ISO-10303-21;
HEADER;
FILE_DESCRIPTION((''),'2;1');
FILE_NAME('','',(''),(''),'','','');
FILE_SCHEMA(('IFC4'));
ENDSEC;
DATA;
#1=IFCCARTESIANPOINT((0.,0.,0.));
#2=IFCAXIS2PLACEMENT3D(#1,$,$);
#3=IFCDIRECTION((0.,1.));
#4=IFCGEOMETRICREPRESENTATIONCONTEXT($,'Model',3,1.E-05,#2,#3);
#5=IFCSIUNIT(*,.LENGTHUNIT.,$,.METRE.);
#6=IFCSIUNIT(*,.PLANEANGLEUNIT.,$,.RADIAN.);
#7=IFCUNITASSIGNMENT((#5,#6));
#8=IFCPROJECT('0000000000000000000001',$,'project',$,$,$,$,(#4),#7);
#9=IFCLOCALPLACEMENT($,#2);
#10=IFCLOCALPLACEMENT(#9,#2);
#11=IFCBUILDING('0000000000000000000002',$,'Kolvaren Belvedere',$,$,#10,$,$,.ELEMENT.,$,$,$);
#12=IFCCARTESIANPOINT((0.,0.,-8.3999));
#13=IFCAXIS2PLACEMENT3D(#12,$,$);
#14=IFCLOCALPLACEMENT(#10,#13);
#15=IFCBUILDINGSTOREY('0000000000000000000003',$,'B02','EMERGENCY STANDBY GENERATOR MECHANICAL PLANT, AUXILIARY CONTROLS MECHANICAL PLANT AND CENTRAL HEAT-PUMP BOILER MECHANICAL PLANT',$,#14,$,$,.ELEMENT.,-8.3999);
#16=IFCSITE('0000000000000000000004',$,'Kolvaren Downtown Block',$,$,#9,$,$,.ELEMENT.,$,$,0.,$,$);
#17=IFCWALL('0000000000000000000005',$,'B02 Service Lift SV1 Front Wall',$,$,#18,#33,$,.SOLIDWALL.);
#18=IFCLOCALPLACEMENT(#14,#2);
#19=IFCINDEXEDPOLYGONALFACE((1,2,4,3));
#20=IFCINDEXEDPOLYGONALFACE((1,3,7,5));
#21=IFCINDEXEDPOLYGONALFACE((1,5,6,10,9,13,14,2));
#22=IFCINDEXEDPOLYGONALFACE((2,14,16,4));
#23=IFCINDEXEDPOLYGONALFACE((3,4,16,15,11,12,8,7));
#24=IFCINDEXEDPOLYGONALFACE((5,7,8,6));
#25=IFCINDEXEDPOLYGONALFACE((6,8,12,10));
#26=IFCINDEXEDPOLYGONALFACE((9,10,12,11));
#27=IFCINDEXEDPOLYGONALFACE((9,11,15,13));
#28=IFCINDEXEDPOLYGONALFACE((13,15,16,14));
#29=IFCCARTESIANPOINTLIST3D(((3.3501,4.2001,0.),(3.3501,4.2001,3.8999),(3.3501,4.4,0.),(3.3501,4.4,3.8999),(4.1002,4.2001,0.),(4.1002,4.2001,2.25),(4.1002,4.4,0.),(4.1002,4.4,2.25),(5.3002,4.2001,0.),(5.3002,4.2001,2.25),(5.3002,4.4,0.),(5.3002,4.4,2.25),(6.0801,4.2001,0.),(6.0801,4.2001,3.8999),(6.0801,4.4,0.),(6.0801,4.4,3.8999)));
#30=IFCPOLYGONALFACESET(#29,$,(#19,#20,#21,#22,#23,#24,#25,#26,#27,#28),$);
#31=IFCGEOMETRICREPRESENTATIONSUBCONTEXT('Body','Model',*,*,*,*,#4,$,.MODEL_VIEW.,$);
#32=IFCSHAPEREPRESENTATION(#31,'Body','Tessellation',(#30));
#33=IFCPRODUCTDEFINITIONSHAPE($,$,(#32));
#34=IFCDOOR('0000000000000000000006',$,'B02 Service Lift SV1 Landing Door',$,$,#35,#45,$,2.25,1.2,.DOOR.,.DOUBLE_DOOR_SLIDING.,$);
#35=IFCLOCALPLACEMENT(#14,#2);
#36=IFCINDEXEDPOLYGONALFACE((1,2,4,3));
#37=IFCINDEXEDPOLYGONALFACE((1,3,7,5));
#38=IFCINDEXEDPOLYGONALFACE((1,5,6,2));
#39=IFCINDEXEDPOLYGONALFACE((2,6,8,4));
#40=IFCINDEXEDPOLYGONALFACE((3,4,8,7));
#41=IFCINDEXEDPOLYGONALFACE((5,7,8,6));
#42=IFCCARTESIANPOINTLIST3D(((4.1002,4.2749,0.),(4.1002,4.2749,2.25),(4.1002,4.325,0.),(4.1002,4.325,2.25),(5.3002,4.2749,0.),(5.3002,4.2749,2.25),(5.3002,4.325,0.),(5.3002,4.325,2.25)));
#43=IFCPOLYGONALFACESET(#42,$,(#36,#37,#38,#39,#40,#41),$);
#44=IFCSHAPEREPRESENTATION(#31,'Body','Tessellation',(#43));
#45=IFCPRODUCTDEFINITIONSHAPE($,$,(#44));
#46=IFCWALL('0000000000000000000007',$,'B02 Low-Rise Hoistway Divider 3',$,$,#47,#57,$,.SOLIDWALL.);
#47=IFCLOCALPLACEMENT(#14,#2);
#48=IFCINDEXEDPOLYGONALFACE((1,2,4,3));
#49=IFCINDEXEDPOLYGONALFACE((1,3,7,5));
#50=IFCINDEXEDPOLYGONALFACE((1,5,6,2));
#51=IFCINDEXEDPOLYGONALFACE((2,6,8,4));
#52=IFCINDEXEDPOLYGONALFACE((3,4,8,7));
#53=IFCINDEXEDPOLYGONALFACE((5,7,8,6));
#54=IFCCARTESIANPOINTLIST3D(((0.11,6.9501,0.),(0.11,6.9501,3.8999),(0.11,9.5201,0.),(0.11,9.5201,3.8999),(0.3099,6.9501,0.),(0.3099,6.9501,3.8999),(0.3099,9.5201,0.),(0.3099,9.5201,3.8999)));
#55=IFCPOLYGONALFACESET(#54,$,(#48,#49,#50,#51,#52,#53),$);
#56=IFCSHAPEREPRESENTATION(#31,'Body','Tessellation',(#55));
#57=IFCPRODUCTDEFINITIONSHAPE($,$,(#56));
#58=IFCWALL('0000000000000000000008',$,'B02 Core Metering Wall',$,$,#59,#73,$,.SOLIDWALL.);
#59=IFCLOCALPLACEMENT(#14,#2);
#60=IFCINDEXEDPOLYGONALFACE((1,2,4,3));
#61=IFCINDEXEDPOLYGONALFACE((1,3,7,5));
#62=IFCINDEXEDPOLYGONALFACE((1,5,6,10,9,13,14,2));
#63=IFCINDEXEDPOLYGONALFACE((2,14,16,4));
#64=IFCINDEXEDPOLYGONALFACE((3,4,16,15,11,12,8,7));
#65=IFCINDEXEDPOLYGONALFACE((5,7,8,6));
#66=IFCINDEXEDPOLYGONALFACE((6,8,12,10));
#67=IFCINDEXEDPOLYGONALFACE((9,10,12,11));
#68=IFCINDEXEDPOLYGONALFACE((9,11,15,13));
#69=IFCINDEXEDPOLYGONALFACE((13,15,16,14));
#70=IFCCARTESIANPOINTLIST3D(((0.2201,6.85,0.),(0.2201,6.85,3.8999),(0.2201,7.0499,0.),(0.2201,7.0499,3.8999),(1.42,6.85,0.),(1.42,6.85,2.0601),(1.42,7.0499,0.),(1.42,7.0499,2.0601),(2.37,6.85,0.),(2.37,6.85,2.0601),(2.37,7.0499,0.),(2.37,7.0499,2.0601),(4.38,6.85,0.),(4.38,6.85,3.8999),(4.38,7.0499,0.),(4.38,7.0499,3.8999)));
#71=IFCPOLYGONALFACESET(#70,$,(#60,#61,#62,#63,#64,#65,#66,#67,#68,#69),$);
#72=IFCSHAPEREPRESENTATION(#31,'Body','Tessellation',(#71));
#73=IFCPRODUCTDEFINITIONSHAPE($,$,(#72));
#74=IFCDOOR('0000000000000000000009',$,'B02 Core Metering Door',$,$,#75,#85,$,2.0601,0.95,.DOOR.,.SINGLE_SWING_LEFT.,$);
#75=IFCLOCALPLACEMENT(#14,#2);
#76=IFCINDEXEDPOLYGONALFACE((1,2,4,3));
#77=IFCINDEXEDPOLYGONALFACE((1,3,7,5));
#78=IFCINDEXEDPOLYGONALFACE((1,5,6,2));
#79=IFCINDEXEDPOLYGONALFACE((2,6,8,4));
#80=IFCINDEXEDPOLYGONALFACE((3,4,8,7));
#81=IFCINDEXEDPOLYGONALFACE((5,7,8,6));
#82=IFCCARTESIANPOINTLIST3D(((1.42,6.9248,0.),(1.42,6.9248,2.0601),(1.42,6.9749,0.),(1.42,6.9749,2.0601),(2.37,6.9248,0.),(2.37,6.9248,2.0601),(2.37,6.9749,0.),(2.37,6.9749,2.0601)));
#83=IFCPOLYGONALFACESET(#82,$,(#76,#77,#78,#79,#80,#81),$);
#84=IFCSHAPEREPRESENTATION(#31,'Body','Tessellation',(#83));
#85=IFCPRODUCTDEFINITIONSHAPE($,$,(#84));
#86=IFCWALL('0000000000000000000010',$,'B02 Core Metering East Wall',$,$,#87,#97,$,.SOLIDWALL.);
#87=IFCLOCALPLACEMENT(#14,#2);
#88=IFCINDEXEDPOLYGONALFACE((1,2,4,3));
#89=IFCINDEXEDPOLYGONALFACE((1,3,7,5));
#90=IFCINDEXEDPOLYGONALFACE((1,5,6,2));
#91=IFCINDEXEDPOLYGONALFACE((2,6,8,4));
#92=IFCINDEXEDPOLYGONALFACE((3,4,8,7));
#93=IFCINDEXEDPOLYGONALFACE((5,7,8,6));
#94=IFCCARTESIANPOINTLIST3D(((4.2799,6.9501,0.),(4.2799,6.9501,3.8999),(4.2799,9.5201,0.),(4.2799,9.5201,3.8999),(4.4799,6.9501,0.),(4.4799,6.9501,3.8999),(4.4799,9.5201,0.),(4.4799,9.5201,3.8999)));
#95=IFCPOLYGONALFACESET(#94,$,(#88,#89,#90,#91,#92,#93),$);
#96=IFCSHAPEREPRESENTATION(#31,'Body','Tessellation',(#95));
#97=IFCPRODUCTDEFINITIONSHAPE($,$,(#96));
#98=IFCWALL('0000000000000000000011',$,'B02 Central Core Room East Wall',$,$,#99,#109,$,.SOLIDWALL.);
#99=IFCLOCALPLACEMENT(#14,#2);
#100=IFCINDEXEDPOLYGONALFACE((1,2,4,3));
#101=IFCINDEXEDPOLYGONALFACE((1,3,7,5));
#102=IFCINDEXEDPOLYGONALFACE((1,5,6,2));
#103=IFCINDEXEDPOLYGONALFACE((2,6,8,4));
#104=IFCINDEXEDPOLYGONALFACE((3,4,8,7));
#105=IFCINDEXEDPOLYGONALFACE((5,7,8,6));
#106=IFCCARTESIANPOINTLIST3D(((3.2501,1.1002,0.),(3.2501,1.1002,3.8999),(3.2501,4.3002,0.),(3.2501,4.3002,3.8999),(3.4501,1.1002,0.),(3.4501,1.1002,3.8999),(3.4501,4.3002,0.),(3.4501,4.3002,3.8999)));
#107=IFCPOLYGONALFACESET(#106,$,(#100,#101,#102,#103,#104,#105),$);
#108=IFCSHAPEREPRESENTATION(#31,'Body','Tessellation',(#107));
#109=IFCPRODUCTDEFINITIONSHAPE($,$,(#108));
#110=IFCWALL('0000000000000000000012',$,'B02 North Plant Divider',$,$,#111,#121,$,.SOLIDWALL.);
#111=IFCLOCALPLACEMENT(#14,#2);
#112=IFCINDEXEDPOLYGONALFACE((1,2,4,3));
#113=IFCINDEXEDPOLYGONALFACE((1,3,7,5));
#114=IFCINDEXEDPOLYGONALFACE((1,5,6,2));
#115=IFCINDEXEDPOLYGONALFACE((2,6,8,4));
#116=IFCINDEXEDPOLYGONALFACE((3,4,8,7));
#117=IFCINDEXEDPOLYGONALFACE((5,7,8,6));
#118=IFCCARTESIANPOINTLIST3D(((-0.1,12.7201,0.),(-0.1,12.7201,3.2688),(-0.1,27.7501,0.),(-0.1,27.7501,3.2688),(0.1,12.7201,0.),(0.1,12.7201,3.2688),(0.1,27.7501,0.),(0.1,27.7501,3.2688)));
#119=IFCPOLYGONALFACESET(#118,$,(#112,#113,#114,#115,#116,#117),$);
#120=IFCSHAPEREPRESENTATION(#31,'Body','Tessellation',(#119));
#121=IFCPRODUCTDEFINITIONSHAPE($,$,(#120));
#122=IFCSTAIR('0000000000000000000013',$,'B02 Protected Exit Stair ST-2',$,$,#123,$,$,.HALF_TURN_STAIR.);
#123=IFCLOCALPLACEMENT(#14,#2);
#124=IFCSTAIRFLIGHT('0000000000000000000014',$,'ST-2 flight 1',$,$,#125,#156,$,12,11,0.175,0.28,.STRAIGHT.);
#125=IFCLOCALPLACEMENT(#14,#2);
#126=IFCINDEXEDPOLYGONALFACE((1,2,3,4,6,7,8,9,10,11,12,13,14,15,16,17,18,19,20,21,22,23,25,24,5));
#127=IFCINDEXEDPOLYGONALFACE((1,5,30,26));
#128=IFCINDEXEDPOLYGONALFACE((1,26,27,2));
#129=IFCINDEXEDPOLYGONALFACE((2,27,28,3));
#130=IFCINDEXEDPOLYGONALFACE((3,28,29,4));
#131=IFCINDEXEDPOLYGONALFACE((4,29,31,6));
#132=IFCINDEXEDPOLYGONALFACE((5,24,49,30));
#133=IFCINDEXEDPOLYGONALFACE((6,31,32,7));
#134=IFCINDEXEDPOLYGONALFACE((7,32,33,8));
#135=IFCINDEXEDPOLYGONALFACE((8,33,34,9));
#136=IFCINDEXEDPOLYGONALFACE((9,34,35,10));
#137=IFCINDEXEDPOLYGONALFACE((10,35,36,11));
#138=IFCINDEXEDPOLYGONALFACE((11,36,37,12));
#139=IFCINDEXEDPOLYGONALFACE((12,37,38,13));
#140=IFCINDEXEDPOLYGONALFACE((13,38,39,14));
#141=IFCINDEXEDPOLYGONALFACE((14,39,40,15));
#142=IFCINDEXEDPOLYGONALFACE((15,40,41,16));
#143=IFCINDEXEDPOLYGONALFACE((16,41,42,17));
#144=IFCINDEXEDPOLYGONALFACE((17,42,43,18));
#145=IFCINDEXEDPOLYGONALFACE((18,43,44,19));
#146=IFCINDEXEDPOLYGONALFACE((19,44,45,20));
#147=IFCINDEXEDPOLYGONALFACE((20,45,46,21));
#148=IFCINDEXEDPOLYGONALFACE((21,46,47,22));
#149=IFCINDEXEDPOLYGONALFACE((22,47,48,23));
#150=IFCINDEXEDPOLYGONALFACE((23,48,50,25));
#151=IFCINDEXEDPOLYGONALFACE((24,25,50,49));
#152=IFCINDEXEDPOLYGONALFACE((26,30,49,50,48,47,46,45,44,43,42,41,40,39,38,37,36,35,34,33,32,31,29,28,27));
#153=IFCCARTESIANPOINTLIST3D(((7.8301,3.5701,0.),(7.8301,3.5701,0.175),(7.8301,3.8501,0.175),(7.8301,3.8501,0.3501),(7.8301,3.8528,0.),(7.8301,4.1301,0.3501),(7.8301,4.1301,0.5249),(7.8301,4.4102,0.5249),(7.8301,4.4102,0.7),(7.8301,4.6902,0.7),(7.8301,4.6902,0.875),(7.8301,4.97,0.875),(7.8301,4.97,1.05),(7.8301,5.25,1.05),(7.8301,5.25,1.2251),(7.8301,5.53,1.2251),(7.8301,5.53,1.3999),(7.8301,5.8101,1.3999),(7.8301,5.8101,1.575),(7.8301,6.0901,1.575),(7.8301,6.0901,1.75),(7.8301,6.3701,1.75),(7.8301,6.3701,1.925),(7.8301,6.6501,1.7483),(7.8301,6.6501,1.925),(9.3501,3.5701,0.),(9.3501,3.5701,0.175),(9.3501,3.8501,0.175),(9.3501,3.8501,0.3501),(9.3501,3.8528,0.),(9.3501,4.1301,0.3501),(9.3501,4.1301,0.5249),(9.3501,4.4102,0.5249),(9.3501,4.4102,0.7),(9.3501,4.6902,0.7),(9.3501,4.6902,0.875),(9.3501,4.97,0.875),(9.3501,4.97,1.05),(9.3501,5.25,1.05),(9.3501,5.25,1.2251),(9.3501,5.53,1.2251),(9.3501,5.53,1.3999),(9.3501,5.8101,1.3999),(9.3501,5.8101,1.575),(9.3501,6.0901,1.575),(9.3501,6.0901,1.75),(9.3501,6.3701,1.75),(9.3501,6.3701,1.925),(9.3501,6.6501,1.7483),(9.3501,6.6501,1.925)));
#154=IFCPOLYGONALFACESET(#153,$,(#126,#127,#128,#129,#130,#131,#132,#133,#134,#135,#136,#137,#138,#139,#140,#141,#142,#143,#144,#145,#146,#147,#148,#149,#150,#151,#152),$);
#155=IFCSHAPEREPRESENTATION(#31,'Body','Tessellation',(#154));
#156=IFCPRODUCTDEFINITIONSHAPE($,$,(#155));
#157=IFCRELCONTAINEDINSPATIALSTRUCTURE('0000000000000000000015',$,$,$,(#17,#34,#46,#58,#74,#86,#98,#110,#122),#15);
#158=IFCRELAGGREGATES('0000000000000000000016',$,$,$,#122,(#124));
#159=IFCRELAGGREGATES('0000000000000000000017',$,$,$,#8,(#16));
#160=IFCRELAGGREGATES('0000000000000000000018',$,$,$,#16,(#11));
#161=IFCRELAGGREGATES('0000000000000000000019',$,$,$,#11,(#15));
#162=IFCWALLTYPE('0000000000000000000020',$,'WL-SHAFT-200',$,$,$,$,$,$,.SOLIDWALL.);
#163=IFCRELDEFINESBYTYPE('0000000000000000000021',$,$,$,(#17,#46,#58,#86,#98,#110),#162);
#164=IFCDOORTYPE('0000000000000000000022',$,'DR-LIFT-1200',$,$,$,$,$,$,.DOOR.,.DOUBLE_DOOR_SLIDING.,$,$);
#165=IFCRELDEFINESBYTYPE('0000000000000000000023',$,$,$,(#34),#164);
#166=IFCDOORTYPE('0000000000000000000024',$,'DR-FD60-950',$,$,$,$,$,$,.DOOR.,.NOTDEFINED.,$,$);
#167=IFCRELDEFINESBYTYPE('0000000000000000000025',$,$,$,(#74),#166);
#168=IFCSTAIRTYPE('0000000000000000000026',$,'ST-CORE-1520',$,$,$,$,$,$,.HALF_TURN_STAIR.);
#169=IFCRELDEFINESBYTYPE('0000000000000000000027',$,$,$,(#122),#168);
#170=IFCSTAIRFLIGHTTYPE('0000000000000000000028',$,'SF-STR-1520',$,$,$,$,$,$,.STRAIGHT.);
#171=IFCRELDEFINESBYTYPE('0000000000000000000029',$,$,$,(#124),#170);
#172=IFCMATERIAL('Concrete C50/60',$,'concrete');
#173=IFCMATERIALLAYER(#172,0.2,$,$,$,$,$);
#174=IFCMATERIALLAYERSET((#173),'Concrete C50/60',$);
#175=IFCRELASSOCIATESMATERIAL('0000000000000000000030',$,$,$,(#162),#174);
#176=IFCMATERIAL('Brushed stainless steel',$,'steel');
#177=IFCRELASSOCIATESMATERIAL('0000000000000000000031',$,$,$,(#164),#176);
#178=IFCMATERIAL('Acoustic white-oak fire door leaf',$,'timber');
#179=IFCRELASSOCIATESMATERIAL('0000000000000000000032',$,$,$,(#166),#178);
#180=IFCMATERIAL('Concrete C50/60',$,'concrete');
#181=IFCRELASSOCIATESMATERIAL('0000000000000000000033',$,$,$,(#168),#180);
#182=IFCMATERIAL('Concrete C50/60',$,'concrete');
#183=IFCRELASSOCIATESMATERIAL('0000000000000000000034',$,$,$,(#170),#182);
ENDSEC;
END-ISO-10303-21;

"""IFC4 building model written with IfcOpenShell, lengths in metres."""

from ifc_helpers import new_model, si_unit, direction, frame, frame_2d, origin, place, context, subcontext, project, spatial, polyline, rectangle, outline, extrude, material, layer, layer_set, type_object, element, fill, aggregate, save


model = new_model("IFC4")

# Units and contexts
model_context = context("Model", 3, precision=1e-05, world=origin(), true_north=direction((0.0, 1.0)))
body_context = subcontext(model_context, "Body", "Model", "MODEL_VIEW")
ifc_project = project(units=[si_unit("LENGTHUNIT", "METRE"), si_unit("PLANEANGLEUNIT", "RADIAN")], contexts=[model_context])

# Site, building, storey
site_placement = place(None, origin())
site = spatial("IfcSite", under=ifc_project, at=site_placement, Name="Kolvaren Downtown Block", CompositionType="ELEMENT", RefElevation=0.0)
building_placement = place(site_placement, origin())
building = spatial("IfcBuilding", under=site, at=building_placement, Name="Kolvaren Belvedere", CompositionType="ELEMENT")
storey_placement = place(building_placement, frame((0.0, 0.0, -8.3999)))
storey = spatial("IfcBuildingStorey", under=building, at=storey_placement, Name="B02", Description="EMERGENCY STANDBY GENERATOR MECHANICAL PLANT, AUXILIARY CONTROLS MECHANICAL PLANT AND CENTRAL HEAT-PUMP BOILER MECHANICAL PLANT", CompositionType="ELEMENT", Elevation=-8.3999)

# Shared definitions
ifc_material_1 = material(Name="Concrete C50/60", Category="concrete")
ifc_layer_1 = layer(ifc_material_1, 0.2)
ifc_layer_set_1 = layer_set([ifc_layer_1], Name="Concrete C50/60")
wall_type_1 = type_object("IfcWallType", Name="WL-SHAFT-200", PredefinedType="SOLIDWALL", material=ifc_layer_set_1)

# Wall, opening, door
wall_1_placement = place(storey_placement, frame((3.3501, 4.3, 0.0), z_axis=(0.0, 0.0, 1.0), x_axis=(1.0, 0.0, 0.0)))
wall_1 = element("IfcWall", 1, at=wall_1_placement, inside=storey, type_object=wall_type_1, Name="B02 Service Lift SV1 Front Wall", PredefinedType="SOLIDWALL", context=body_context, shape_type="SweptSolid", body=[
    extrude(rectangle(XDim=2.73, YDim=0.2, at=frame_2d((1.365, 0.0))), origin(), (0.0, 0.0, 1.0), 3.8999),
])
opening_1_placement = place(wall_1_placement, frame((0.75, 0.0, 0.0)))
opening_1 = element("IfcOpeningElement", 2, at=opening_1_placement, cuts=wall_1, PredefinedType="OPENING", context=body_context, shape_type="SweptSolid", body=[
    extrude(rectangle(XDim=1.2, YDim=2.25, at=frame_2d((0.6001, 1.125))), frame((0.0, 0.1099, 0.0), z_axis=(0.0, -1.0, 0.0), x_axis=(1.0, 0.0, 0.0)), (0.0, 0.0, 1.0), 0.22),
])
ifc_material_2 = material(Name="Brushed stainless steel", Category="steel")
door_type_1 = type_object("IfcDoorType", Name="DR-LIFT-1200", OperationType="DOUBLE_DOOR_SLIDING", PredefinedType="DOOR", material=ifc_material_2)
door_1_placement = place(opening_1_placement, origin())
door_1 = element("IfcDoor", 3, at=door_1_placement, inside=storey, type_object=door_type_1, Name="B02 Service Lift SV1 Landing Door", OperationType="DOUBLE_DOOR_SLIDING", OverallHeight=2.25, OverallWidth=1.2, PredefinedType="DOOR", context=body_context, shape_type="SweptSolid", body=[
    extrude(rectangle(XDim=1.2, YDim=2.25, at=frame_2d((0.6001, 1.125))), frame((0.0, 0.0249, 0.0), z_axis=(0.0, -1.0, 0.0), x_axis=(1.0, 0.0, 0.0)), (0.0, 0.0, 1.0), 0.05),
])
fill(opening_1, door_1)

# Wall
wall_2_placement = place(storey_placement, frame((0.21, 6.95, 0.0), z_axis=(0.0, 0.0, 1.0), x_axis=(0.0, 1.0, 0.0)))
element("IfcWall", 4, at=wall_2_placement, inside=storey, type_object=wall_type_1, Name="B02 Low-Rise Hoistway Divider 3", PredefinedType="SOLIDWALL", context=body_context, shape_type="SweptSolid", body=[
    extrude(rectangle(XDim=2.5701, YDim=0.2, at=frame_2d((1.2852, 0.0))), origin(), (0.0, 0.0, 1.0), 3.8999),
])

# Wall, opening, door
wall_3_placement = place(storey_placement, frame((0.22, 6.95, 0.0), z_axis=(0.0, 0.0, 1.0), x_axis=(1.0, 0.0, 0.0)))
wall_3 = element("IfcWall", 5, at=wall_3_placement, inside=storey, type_object=wall_type_1, Name="B02 Core Metering Wall", PredefinedType="SOLIDWALL", context=body_context, shape_type="SweptSolid", body=[
    extrude(rectangle(XDim=4.1599, YDim=0.2, at=frame_2d((2.0801, 0.0))), origin(), (0.0, 0.0, 1.0), 3.8999),
])
opening_2_placement = place(wall_3_placement, frame((1.2, 0.0, 0.0)))
opening_2 = element("IfcOpeningElement", 6, at=opening_2_placement, cuts=wall_3, PredefinedType="OPENING", context=body_context, shape_type="SweptSolid", body=[
    extrude(rectangle(XDim=0.95, YDim=2.0601, at=frame_2d((0.4751, 1.03))), frame((0.0, 0.1099, 0.0), z_axis=(0.0, -1.0, 0.0), x_axis=(1.0, 0.0, 0.0)), (0.0, 0.0, 1.0), 0.22),
])
ifc_material_3 = material(Name="Acoustic white-oak fire door leaf", Category="timber")
door_type_2 = type_object("IfcDoorType", Name="DR-FD60-950", OperationType="NOTDEFINED", PredefinedType="DOOR", material=ifc_material_3)
door_2_placement = place(opening_2_placement, origin())
door_2 = element("IfcDoor", 7, at=door_2_placement, inside=storey, type_object=door_type_2, Name="B02 Core Metering Door", OperationType="SINGLE_SWING_LEFT", OverallHeight=2.0601, OverallWidth=0.95, PredefinedType="DOOR", context=body_context, shape_type="SweptSolid", body=[
    extrude(rectangle(XDim=0.95, YDim=2.0601, at=frame_2d((0.4751, 1.03))), frame((0.0, 0.0249, 0.0), z_axis=(0.0, -1.0, 0.0), x_axis=(1.0, 0.0, 0.0)), (0.0, 0.0, 1.0), 0.05),
])
fill(opening_2, door_2)

# Walls
wall_4_placement = place(storey_placement, frame((4.3799, 6.95, 0.0), z_axis=(0.0, 0.0, 1.0), x_axis=(0.0, 1.0, 0.0)))
element("IfcWall", 8, at=wall_4_placement, inside=storey, type_object=wall_type_1, Name="B02 Core Metering East Wall", PredefinedType="SOLIDWALL", context=body_context, shape_type="SweptSolid", body=[
    extrude(rectangle(XDim=2.5701, YDim=0.2, at=frame_2d((1.2852, 0.0))), origin(), (0.0, 0.0, 1.0), 3.8999),
])
wall_5_placement = place(storey_placement, frame((3.3501, 1.1001, 0.0), z_axis=(0.0, 0.0, 1.0), x_axis=(0.0, 1.0, 0.0)))
element("IfcWall", 9, at=wall_5_placement, inside=storey, type_object=wall_type_1, Name="B02 Central Core Room East Wall", PredefinedType="SOLIDWALL", context=body_context, shape_type="SweptSolid", body=[
    extrude(rectangle(XDim=3.2, YDim=0.2, at=frame_2d((1.6001, 0.0))), origin(), (0.0, 0.0, 1.0), 3.8999),
])
wall_6_placement = place(storey_placement, frame((0.0, 12.72, 0.0), z_axis=(0.0, 0.0, 1.0), x_axis=(0.0, 1.0, 0.0)))
element("IfcWall", 10, at=wall_6_placement, inside=storey, type_object=wall_type_1, Name="B02 North Plant Divider", PredefinedType="SOLIDWALL", context=body_context, shape_type="SweptSolid", body=[
    extrude(rectangle(XDim=15.03, YDim=0.2, at=frame_2d((7.5151, 0.0))), origin(), (0.0, 0.0, 1.0), 3.2688),
])

# Stair, stair flight
ifc_material_4 = material(Name="Concrete C50/60", Category="concrete")
stair_type = type_object("IfcStairType", Name="ST-CORE-1520", PredefinedType="HALF_TURN_STAIR", material=ifc_material_4)
stair_placement = place(storey_placement, origin())
stair = element("IfcStair", 11, at=stair_placement, inside=storey, type_object=stair_type, Name="B02 Protected Exit Stair ST-2", PredefinedType="HALF_TURN_STAIR")
ifc_material_5 = material(Name="Concrete C50/60", Category="concrete")
stair_flight_type = type_object("IfcStairFlightType", Name="SF-STR-1520", PredefinedType="STRAIGHT", material=ifc_material_5)
stair_flight_1_placement = place(storey_placement, frame((8.5901, 3.5701, 0.0), z_axis=(0.0, 0.0, 1.0), x_axis=(0.0, 1.0, 0.0)))
stair_flight_1 = element("IfcStairFlight", 12, at=stair_flight_1_placement, type_object=stair_flight_type, Name="ST-2 flight 1", NumberOfRisers=12, NumberOfTreads=11, PredefinedType="STRAIGHT", RiserHeight=0.175, TreadLength=0.28, context=body_context, shape_type="SweptSolid", body=[
    extrude(outline(polyline([(0.0, 0.0), (0.0, 0.175), (0.28, 0.175), (0.28, 0.3501), (0.5601, 0.3501), (0.5601, 0.5249), (0.8401, 0.5249), (0.8401, 0.7), (1.1201, 0.7), (1.1201, 0.875), (1.3999, 0.875), (1.3999, 1.05), (1.6799, 1.05), (1.6799, 1.2251), (1.96, 1.2251), (1.96, 1.3999), (2.24, 1.3999), (2.24, 1.575), (2.52, 1.575), (2.52, 1.75), (2.8, 1.75), (2.8, 1.925), (3.0801, 1.925), (3.0801, 2.1001), (3.0801, 1.7483), (0.2827, 0.0), (0.0, 0.0)])), frame((0.0, 0.76, 0.0), z_axis=(0.0, -1.0, 0.0), x_axis=(1.0, 0.0, 0.0)), (0.0, 0.0, 1.0), 1.52),
])
aggregate(stair, [stair_flight_1])

save(model, "model.ifc")
